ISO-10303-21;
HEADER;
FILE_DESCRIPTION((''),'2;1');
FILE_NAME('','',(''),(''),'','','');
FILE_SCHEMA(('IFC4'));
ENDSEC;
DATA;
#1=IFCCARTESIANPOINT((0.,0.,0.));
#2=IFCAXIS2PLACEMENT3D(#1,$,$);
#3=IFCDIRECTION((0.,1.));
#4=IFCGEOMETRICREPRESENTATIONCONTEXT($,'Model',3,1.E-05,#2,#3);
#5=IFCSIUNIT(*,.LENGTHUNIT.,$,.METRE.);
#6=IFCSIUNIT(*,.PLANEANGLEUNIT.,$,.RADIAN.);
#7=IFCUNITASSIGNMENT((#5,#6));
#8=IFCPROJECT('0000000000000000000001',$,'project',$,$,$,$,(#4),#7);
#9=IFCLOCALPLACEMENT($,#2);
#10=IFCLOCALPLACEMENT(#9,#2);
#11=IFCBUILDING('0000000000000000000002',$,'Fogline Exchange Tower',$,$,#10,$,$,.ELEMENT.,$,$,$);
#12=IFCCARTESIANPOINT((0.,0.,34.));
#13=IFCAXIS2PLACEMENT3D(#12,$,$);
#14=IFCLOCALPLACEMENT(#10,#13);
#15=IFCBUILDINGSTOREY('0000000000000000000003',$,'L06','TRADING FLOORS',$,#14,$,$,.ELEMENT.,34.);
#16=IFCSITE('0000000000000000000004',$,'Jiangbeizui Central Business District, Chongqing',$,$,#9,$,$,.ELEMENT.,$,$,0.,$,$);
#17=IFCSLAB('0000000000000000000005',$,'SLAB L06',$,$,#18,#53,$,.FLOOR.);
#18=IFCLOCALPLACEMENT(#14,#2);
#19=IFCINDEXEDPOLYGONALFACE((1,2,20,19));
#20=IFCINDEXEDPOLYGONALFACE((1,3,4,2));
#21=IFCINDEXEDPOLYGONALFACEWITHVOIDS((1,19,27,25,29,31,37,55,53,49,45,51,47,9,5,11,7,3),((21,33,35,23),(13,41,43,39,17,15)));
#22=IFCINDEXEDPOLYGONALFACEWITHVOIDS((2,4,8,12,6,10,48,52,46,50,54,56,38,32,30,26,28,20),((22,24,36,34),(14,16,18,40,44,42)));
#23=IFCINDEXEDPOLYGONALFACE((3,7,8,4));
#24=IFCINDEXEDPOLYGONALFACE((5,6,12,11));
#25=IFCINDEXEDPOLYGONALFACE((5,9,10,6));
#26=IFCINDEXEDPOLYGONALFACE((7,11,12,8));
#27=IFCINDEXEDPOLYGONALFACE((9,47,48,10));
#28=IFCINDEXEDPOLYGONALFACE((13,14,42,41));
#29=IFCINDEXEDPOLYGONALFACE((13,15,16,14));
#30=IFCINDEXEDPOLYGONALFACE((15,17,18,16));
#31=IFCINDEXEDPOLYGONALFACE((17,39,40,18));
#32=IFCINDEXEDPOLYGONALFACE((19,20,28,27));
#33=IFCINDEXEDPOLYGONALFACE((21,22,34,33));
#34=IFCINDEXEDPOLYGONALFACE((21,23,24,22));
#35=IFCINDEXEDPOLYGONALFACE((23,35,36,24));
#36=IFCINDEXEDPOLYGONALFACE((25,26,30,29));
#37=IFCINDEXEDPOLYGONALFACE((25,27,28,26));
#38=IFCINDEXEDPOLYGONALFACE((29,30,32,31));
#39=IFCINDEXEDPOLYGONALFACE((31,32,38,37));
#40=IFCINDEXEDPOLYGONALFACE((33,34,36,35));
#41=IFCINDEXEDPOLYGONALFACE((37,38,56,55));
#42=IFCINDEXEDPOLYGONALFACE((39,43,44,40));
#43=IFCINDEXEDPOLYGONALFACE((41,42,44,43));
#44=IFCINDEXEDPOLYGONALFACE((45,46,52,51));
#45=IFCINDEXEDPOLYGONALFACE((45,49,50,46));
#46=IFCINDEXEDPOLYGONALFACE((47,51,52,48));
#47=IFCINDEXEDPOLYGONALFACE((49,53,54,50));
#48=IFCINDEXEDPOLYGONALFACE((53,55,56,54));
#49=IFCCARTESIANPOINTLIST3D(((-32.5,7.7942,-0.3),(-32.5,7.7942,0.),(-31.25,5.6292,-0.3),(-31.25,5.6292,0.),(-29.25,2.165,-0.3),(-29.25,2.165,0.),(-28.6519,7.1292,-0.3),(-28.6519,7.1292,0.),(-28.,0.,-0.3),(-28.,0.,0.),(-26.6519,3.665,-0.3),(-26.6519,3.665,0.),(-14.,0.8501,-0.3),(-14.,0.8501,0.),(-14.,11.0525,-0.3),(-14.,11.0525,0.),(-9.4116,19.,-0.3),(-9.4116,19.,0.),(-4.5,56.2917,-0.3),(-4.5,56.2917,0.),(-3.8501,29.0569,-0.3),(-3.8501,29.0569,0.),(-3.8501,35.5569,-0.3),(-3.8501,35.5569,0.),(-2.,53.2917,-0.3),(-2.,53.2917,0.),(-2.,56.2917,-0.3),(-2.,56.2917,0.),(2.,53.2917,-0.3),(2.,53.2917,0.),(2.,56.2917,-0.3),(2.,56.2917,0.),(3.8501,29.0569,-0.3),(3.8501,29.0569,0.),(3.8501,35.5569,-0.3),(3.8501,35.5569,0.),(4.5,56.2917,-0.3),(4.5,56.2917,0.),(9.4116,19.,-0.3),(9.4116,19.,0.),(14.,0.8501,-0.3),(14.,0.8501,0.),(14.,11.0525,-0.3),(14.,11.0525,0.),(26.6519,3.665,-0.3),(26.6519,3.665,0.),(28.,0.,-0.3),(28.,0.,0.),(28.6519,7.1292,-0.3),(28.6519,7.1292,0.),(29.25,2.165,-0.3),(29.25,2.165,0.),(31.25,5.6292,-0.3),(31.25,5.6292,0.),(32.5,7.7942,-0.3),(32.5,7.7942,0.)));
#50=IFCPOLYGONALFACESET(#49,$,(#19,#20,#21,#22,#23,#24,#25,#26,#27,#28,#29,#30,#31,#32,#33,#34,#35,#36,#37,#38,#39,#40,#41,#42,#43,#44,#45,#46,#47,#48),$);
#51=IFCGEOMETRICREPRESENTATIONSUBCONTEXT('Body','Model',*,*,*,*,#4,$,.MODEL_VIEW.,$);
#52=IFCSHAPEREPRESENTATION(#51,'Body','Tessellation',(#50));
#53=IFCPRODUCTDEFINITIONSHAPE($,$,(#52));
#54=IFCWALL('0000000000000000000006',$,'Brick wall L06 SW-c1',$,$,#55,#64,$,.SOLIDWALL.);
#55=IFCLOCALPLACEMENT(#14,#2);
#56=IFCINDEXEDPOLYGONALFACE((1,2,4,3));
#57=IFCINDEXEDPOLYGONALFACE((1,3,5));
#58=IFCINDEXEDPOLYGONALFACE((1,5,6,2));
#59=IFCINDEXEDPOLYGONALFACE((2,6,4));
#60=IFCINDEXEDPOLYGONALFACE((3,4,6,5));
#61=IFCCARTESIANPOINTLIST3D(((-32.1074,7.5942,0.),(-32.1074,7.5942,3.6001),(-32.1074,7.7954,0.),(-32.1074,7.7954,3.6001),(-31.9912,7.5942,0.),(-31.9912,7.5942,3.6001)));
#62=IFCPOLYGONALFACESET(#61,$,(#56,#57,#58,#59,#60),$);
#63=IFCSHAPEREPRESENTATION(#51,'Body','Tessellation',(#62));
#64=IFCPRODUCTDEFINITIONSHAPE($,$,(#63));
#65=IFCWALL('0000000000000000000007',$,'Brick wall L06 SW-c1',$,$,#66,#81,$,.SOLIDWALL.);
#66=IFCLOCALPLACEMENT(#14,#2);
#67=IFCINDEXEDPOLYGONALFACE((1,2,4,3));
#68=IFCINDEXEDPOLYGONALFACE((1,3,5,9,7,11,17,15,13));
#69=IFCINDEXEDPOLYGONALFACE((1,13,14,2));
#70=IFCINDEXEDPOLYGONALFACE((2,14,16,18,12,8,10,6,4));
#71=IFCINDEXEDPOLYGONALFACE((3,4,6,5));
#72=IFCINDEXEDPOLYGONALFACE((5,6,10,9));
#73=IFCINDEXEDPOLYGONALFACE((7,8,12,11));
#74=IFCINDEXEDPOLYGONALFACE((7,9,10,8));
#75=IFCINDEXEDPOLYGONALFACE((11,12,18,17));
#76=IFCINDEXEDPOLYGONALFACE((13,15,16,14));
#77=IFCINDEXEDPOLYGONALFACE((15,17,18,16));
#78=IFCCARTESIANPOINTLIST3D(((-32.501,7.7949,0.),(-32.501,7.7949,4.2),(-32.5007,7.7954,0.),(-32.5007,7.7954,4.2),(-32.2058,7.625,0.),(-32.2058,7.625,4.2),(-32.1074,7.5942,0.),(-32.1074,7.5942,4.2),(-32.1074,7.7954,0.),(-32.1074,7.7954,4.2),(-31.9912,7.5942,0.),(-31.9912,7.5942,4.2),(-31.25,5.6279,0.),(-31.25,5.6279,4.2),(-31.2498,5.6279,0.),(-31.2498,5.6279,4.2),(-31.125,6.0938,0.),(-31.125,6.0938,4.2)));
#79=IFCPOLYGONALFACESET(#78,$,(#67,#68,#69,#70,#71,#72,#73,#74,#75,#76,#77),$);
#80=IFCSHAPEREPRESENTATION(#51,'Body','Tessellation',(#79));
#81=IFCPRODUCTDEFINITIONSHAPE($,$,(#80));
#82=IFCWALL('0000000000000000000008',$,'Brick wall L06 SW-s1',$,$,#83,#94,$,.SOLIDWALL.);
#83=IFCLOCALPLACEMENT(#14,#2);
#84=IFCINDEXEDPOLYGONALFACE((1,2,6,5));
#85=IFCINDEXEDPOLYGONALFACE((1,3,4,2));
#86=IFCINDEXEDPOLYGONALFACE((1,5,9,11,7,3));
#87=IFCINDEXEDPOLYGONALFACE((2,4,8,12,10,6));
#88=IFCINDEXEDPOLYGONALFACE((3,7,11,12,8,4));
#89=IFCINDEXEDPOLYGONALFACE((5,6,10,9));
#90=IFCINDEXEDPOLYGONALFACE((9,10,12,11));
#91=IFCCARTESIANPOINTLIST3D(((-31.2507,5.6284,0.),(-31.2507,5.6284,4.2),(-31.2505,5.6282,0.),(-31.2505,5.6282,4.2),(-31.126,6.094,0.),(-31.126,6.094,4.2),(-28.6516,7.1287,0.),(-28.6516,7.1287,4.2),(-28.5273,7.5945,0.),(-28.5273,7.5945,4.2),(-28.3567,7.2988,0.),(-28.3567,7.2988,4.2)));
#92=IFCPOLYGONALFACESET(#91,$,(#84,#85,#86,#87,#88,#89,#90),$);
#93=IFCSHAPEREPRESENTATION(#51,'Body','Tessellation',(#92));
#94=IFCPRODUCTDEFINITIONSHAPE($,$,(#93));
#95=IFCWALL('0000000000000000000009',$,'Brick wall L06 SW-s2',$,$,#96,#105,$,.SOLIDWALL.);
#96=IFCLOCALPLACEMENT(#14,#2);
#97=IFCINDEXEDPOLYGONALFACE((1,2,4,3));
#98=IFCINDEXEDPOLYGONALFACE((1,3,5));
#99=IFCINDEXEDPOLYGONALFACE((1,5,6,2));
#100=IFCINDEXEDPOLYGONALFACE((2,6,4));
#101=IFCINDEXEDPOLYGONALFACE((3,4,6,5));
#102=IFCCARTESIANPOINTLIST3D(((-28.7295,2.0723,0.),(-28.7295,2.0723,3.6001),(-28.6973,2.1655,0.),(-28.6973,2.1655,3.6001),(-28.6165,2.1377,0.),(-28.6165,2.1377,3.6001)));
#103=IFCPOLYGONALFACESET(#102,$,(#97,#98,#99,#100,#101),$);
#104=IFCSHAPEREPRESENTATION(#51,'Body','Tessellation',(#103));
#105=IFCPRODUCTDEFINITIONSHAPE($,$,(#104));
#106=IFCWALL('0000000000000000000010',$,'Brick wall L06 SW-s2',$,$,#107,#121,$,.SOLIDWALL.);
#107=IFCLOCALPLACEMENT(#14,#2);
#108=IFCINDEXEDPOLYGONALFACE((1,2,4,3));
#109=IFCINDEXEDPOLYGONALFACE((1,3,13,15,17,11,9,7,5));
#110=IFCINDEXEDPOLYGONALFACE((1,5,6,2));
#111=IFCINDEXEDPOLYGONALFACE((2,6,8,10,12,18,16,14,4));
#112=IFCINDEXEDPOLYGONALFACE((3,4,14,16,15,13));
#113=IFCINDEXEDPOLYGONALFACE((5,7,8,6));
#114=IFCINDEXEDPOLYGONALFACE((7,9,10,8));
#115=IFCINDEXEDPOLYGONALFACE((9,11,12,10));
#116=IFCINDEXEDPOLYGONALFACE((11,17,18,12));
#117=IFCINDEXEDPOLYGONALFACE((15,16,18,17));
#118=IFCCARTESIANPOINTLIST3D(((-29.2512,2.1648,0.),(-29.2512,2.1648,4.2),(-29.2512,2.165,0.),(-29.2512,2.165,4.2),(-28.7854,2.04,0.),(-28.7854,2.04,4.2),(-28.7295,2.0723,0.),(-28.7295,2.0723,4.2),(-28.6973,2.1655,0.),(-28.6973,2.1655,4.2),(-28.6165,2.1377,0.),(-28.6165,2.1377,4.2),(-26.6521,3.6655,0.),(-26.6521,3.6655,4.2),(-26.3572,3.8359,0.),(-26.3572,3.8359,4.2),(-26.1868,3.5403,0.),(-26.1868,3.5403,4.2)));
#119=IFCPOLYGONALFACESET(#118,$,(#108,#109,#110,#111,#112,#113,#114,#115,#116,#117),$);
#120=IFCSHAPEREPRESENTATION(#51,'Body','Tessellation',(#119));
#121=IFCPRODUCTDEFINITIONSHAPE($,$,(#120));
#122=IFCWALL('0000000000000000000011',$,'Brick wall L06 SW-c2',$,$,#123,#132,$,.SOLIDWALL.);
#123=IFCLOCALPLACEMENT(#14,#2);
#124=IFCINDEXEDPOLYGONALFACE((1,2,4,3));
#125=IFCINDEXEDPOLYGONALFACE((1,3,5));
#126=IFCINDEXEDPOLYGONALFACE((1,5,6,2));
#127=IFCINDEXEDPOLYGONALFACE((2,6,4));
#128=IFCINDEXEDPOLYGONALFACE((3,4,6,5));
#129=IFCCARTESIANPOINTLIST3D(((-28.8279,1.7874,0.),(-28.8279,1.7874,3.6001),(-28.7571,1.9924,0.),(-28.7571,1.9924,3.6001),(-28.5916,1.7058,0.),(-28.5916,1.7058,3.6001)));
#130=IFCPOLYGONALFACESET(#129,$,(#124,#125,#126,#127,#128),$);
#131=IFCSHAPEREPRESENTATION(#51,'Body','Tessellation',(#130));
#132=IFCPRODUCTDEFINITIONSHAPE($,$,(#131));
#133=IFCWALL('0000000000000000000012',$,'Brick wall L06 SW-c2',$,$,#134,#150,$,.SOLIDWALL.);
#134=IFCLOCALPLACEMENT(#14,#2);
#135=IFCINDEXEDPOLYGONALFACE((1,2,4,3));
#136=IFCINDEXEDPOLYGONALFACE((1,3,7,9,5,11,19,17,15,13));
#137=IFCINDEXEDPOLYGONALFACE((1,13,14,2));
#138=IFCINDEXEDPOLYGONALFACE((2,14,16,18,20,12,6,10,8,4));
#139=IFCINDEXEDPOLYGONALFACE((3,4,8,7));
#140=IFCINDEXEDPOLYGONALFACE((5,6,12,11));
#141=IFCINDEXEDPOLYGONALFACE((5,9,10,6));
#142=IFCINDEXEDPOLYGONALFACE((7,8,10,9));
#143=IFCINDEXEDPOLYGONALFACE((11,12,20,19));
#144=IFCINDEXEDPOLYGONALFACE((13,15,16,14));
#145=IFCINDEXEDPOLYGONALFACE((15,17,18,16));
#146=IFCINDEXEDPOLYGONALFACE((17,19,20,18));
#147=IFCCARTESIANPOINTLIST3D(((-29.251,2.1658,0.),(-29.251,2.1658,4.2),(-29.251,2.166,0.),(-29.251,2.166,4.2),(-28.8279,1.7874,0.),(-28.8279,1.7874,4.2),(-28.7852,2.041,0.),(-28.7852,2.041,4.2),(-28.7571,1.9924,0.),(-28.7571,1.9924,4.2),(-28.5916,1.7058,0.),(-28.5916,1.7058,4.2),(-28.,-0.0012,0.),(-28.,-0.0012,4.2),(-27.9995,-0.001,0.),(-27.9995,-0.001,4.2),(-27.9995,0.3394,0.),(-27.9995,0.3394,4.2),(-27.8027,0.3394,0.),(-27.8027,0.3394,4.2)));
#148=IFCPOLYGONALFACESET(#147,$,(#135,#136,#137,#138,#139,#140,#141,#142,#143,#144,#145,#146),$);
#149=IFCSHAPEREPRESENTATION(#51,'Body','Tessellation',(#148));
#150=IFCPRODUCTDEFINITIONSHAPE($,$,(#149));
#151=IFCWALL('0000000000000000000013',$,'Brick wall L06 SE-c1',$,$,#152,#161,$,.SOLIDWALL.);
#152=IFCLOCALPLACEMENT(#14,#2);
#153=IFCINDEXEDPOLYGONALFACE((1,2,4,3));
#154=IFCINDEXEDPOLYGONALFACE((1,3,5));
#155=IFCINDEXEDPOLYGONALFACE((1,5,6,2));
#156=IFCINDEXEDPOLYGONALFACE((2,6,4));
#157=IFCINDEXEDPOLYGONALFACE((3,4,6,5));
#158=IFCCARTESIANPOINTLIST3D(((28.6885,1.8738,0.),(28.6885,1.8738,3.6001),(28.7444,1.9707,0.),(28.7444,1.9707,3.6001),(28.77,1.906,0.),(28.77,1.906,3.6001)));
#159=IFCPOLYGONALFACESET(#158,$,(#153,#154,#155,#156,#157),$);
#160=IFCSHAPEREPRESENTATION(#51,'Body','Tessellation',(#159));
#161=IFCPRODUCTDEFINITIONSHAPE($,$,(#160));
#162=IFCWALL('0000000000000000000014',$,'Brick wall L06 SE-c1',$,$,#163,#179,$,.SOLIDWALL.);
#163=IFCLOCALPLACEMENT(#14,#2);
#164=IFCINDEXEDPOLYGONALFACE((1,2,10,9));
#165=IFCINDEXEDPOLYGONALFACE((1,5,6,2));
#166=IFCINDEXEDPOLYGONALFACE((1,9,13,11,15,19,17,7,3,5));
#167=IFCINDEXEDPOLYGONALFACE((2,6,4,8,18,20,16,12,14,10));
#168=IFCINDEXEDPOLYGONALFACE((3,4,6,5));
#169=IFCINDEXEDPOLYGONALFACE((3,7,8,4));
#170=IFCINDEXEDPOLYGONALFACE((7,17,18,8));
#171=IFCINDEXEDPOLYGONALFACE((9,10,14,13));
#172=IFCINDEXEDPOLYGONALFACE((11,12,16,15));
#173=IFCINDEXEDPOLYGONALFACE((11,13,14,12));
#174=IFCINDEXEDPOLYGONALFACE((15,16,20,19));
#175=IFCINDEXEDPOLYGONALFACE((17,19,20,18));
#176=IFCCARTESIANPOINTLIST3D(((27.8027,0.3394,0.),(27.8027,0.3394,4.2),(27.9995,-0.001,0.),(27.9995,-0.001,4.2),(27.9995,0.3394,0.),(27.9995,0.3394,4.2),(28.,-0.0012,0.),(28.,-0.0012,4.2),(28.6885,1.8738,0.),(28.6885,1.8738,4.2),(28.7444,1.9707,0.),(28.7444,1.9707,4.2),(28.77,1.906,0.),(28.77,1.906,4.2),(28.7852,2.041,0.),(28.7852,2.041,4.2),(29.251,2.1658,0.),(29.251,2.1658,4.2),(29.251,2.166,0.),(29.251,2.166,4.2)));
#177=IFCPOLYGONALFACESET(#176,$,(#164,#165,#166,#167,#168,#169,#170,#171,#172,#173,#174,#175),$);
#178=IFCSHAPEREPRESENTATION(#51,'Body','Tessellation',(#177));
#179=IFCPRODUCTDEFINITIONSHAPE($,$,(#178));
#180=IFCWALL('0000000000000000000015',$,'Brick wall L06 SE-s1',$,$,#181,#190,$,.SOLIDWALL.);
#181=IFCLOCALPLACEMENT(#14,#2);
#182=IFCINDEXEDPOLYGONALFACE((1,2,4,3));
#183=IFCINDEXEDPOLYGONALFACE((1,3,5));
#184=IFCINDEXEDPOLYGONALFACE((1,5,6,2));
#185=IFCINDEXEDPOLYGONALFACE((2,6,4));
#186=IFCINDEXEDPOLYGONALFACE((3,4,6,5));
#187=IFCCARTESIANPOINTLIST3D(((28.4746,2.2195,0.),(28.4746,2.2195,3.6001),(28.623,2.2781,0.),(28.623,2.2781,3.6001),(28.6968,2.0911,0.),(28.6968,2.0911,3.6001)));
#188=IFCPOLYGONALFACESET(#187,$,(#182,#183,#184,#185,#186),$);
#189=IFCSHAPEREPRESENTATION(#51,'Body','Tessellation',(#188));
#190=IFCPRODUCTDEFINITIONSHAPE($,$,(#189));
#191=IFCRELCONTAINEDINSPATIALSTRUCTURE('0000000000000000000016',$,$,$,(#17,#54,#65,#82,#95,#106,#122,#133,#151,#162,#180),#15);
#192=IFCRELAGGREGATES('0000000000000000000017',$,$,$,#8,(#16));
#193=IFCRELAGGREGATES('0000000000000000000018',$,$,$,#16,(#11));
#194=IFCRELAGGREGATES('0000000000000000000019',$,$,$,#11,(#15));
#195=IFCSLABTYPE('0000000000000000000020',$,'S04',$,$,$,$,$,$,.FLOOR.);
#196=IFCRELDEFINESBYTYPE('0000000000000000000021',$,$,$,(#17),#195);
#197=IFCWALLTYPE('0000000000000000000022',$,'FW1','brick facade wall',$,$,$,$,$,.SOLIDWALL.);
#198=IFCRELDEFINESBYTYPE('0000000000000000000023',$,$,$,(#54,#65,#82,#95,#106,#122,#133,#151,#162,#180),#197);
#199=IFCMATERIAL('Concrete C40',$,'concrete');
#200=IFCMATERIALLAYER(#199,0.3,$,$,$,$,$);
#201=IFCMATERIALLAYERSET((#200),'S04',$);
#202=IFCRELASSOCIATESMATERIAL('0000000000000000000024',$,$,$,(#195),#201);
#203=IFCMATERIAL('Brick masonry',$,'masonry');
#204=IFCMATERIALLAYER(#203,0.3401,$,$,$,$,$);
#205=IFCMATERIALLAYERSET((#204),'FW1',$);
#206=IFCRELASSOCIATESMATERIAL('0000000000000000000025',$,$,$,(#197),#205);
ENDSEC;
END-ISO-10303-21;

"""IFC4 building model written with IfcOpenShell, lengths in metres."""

from ifc_helpers import new_model, si_unit, direction, frame, origin, place, context, subcontext, project, spatial, polyline, outline, extrude, material, layer, layer_set, type_object, element, save


model = new_model("IFC4")

# Units and contexts
model_context = context("Model", 3, precision=1e-05, world=origin(), true_north=direction((0.0, 1.0)))
body_context = subcontext(model_context, "Body", "Model", "MODEL_VIEW")
ifc_project = project(units=[si_unit("LENGTHUNIT", "METRE"), si_unit("PLANEANGLEUNIT", "RADIAN")], contexts=[model_context])

# Site, building, storey
site_placement = place(None, origin())
site = spatial("IfcSite", under=ifc_project, at=site_placement, Name="Jiangbeizui Central Business District, Chongqing", CompositionType="ELEMENT", RefElevation=0.0)
building_placement = place(site_placement, origin())
building = spatial("IfcBuilding", under=site, at=building_placement, Name="Fogline Exchange Tower", CompositionType="ELEMENT")
storey_placement = place(building_placement, frame((0.0, 0.0, 34.0)))
storey = spatial("IfcBuildingStorey", under=building, at=storey_placement, Name="L06", Description="TRADING FLOORS", CompositionType="ELEMENT", Elevation=34.0)

# Slab
ifc_material_1 = material(Name="Concrete C40", Category="concrete")
ifc_layer_1 = layer(ifc_material_1, 0.3)
ifc_layer_set_1 = layer_set([ifc_layer_1], Name="S04")
slab_type = type_object("IfcSlabType", Name="S04", PredefinedType="FLOOR", material=ifc_layer_set_1)
slab_placement = place(storey_placement, frame((0.0, 0.0, -0.3)))
element("IfcSlab", 1, at=slab_placement, inside=storey, type_object=slab_type, Name="SLAB L06", PredefinedType="FLOOR", context=body_context, shape_type="SweptSolid", body=[
    extrude(outline(polyline([(-2.0, 56.2917), (-4.5, 56.2917), (-32.5, 7.7942), (-31.25, 5.6292), (-28.6519, 7.1292), (-26.6519, 3.665), (-29.25, 2.165), (-28.0, 0.0), (28.0, 0.0), (29.25, 2.165), (26.6519, 3.665), (28.6519, 7.1292), (31.25, 5.6292), (32.5, 7.7942), (4.5, 56.2917), (2.0, 56.2917), (2.0, 53.2917), (-2.0, 53.2917), (-2.0, 56.2917)]), holes=[polyline([(14.0, 11.0525), (14.0, 0.8501), (-14.0, 0.8501), (-14.0, 11.0525), (-9.4116, 19.0), (9.4116, 19.0), (14.0, 11.0525)]), polyline([(3.8501, 35.5569), (3.8501, 29.0569), (-3.8501, 29.0569), (-3.8501, 35.5569), (3.8501, 35.5569)])]), origin(), (0.0, 0.0, 1.0), 0.3),
])

# Walls
ifc_material_2 = material(Name="Brick masonry", Category="masonry")
ifc_layer_2 = layer(ifc_material_2, 0.3401)
ifc_layer_set_2 = layer_set([ifc_layer_2], Name="FW1")
wall_type = type_object("IfcWallType", Name="FW1", Description="brick facade wall", PredefinedType="SOLIDWALL", material=ifc_layer_set_2)
wall_1_placement = place(storey_placement, origin())
element("IfcWall", 2, at=wall_1_placement, inside=storey, type_object=wall_type, Name="Brick wall L06 SW-c1", PredefinedType="SOLIDWALL", context=body_context, shape_type="SweptSolid", body=[
    extrude(outline(polyline([(-31.9912, 7.5942), (-32.1074, 7.5942), (-32.1074, 7.7954), (-31.9912, 7.5942)])), origin(), (0.0, 0.0, 1.0), 3.6001),
])
wall_2_placement = place(storey_placement, origin())
element("IfcWall", 3, at=wall_2_placement, inside=storey, type_object=wall_type, Name="Brick wall L06 SW-c1", PredefinedType="SOLIDWALL", context=body_context, shape_type="SweptSolid", body=[
    extrude(outline(polyline([(-32.501, 7.7949), (-32.5007, 7.7954), (-32.2058, 7.625), (-32.1074, 7.7954), (-32.1074, 7.5942), (-31.9912, 7.5942), (-31.125, 6.0938), (-31.2498, 5.6279), (-31.25, 5.6279), (-32.501, 7.7949)])), origin(), (0.0, 0.0, 1.0), 4.2),
])
wall_3_placement = place(storey_placement, origin())
element("IfcWall", 4, at=wall_3_placement, inside=storey, type_object=wall_type, Name="Brick wall L06 SW-s1", PredefinedType="SOLIDWALL", context=body_context, shape_type="SweptSolid", body=[
    extrude(outline(polyline([(-28.5273, 7.5945), (-28.3567, 7.2988), (-28.6516, 7.1287), (-31.2505, 5.6282), (-31.2507, 5.6284), (-31.126, 6.094), (-28.5273, 7.5945)])), origin(), (0.0, 0.0, 1.0), 4.2),
])
wall_4_placement = place(storey_placement, origin())
element("IfcWall", 5, at=wall_4_placement, inside=storey, type_object=wall_type, Name="Brick wall L06 SW-s2", PredefinedType="SOLIDWALL", context=body_context, shape_type="SweptSolid", body=[
    extrude(outline(polyline([(-28.7295, 2.0723), (-28.6973, 2.1655), (-28.6165, 2.1377), (-28.7295, 2.0723)])), origin(), (0.0, 0.0, 1.0), 3.6001),
])
wall_5_placement = place(storey_placement, origin())
element("IfcWall", 6, at=wall_5_placement, inside=storey, type_object=wall_type, Name="Brick wall L06 SW-s2", PredefinedType="SOLIDWALL", context=body_context, shape_type="SweptSolid", body=[
    extrude(outline(polyline([(-26.6521, 3.6655), (-26.3572, 3.8359), (-26.1868, 3.5403), (-28.6165, 2.1377), (-28.6973, 2.1655), (-28.7295, 2.0723), (-28.7854, 2.04), (-29.2512, 2.1648), (-29.2512, 2.165), (-26.6521, 3.6655)])), origin(), (0.0, 0.0, 1.0), 4.2),
])
wall_6_placement = place(storey_placement, origin())
element("IfcWall", 7, at=wall_6_placement, inside=storey, type_object=wall_type, Name="Brick wall L06 SW-c2", PredefinedType="SOLIDWALL", context=body_context, shape_type="SweptSolid", body=[
    extrude(outline(polyline([(-28.5916, 1.7058), (-28.8279, 1.7874), (-28.7571, 1.9924), (-28.5916, 1.7058)])), origin(), (0.0, 0.0, 1.0), 3.6001),
])
wall_7_placement = place(storey_placement, origin())
element("IfcWall", 8, at=wall_7_placement, inside=storey, type_object=wall_type, Name="Brick wall L06 SW-c2", PredefinedType="SOLIDWALL", context=body_context, shape_type="SweptSolid", body=[
    extrude(outline(polyline([(-27.9995, 0.3394), (-27.9995, -0.001), (-28.0, -0.0012), (-29.251, 2.1658), (-29.251, 2.166), (-28.7852, 2.041), (-28.7571, 1.9924), (-28.8279, 1.7874), (-28.5916, 1.7058), (-27.8027, 0.3394), (-27.9995, 0.3394)])), origin(), (0.0, 0.0, 1.0), 4.2),
])
wall_8_placement = place(storey_placement, origin())
element("IfcWall", 9, at=wall_8_placement, inside=storey, type_object=wall_type, Name="Brick wall L06 SE-c1", PredefinedType="SOLIDWALL", context=body_context, shape_type="SweptSolid", body=[
    extrude(outline(polyline([(28.7444, 1.9707), (28.77, 1.906), (28.6885, 1.8738), (28.7444, 1.9707)])), origin(), (0.0, 0.0, 1.0), 3.6001),
])
wall_9_placement = place(storey_placement, origin())
element("IfcWall", 10, at=wall_9_placement, inside=storey, type_object=wall_type, Name="Brick wall L06 SE-c1", PredefinedType="SOLIDWALL", context=body_context, shape_type="SweptSolid", body=[
    extrude(outline(polyline([(28.0, -0.0012), (27.9995, -0.001), (27.9995, 0.3394), (27.8027, 0.3394), (28.6885, 1.8738), (28.77, 1.906), (28.7444, 1.9707), (28.7852, 2.041), (29.251, 2.166), (29.251, 2.1658), (28.0, -0.0012)])), origin(), (0.0, 0.0, 1.0), 4.2),
])
wall_10_placement = place(storey_placement, origin())
element("IfcWall", 11, at=wall_10_placement, inside=storey, type_object=wall_type, Name="Brick wall L06 SE-s1", PredefinedType="SOLIDWALL", context=body_context, shape_type="SweptSolid", body=[
    extrude(outline(polyline([(28.4746, 2.2195), (28.623, 2.2781), (28.6968, 2.0911), (28.4746, 2.2195)])), origin(), (0.0, 0.0, 1.0), 3.6001),
])

save(model, "model.ifc")
